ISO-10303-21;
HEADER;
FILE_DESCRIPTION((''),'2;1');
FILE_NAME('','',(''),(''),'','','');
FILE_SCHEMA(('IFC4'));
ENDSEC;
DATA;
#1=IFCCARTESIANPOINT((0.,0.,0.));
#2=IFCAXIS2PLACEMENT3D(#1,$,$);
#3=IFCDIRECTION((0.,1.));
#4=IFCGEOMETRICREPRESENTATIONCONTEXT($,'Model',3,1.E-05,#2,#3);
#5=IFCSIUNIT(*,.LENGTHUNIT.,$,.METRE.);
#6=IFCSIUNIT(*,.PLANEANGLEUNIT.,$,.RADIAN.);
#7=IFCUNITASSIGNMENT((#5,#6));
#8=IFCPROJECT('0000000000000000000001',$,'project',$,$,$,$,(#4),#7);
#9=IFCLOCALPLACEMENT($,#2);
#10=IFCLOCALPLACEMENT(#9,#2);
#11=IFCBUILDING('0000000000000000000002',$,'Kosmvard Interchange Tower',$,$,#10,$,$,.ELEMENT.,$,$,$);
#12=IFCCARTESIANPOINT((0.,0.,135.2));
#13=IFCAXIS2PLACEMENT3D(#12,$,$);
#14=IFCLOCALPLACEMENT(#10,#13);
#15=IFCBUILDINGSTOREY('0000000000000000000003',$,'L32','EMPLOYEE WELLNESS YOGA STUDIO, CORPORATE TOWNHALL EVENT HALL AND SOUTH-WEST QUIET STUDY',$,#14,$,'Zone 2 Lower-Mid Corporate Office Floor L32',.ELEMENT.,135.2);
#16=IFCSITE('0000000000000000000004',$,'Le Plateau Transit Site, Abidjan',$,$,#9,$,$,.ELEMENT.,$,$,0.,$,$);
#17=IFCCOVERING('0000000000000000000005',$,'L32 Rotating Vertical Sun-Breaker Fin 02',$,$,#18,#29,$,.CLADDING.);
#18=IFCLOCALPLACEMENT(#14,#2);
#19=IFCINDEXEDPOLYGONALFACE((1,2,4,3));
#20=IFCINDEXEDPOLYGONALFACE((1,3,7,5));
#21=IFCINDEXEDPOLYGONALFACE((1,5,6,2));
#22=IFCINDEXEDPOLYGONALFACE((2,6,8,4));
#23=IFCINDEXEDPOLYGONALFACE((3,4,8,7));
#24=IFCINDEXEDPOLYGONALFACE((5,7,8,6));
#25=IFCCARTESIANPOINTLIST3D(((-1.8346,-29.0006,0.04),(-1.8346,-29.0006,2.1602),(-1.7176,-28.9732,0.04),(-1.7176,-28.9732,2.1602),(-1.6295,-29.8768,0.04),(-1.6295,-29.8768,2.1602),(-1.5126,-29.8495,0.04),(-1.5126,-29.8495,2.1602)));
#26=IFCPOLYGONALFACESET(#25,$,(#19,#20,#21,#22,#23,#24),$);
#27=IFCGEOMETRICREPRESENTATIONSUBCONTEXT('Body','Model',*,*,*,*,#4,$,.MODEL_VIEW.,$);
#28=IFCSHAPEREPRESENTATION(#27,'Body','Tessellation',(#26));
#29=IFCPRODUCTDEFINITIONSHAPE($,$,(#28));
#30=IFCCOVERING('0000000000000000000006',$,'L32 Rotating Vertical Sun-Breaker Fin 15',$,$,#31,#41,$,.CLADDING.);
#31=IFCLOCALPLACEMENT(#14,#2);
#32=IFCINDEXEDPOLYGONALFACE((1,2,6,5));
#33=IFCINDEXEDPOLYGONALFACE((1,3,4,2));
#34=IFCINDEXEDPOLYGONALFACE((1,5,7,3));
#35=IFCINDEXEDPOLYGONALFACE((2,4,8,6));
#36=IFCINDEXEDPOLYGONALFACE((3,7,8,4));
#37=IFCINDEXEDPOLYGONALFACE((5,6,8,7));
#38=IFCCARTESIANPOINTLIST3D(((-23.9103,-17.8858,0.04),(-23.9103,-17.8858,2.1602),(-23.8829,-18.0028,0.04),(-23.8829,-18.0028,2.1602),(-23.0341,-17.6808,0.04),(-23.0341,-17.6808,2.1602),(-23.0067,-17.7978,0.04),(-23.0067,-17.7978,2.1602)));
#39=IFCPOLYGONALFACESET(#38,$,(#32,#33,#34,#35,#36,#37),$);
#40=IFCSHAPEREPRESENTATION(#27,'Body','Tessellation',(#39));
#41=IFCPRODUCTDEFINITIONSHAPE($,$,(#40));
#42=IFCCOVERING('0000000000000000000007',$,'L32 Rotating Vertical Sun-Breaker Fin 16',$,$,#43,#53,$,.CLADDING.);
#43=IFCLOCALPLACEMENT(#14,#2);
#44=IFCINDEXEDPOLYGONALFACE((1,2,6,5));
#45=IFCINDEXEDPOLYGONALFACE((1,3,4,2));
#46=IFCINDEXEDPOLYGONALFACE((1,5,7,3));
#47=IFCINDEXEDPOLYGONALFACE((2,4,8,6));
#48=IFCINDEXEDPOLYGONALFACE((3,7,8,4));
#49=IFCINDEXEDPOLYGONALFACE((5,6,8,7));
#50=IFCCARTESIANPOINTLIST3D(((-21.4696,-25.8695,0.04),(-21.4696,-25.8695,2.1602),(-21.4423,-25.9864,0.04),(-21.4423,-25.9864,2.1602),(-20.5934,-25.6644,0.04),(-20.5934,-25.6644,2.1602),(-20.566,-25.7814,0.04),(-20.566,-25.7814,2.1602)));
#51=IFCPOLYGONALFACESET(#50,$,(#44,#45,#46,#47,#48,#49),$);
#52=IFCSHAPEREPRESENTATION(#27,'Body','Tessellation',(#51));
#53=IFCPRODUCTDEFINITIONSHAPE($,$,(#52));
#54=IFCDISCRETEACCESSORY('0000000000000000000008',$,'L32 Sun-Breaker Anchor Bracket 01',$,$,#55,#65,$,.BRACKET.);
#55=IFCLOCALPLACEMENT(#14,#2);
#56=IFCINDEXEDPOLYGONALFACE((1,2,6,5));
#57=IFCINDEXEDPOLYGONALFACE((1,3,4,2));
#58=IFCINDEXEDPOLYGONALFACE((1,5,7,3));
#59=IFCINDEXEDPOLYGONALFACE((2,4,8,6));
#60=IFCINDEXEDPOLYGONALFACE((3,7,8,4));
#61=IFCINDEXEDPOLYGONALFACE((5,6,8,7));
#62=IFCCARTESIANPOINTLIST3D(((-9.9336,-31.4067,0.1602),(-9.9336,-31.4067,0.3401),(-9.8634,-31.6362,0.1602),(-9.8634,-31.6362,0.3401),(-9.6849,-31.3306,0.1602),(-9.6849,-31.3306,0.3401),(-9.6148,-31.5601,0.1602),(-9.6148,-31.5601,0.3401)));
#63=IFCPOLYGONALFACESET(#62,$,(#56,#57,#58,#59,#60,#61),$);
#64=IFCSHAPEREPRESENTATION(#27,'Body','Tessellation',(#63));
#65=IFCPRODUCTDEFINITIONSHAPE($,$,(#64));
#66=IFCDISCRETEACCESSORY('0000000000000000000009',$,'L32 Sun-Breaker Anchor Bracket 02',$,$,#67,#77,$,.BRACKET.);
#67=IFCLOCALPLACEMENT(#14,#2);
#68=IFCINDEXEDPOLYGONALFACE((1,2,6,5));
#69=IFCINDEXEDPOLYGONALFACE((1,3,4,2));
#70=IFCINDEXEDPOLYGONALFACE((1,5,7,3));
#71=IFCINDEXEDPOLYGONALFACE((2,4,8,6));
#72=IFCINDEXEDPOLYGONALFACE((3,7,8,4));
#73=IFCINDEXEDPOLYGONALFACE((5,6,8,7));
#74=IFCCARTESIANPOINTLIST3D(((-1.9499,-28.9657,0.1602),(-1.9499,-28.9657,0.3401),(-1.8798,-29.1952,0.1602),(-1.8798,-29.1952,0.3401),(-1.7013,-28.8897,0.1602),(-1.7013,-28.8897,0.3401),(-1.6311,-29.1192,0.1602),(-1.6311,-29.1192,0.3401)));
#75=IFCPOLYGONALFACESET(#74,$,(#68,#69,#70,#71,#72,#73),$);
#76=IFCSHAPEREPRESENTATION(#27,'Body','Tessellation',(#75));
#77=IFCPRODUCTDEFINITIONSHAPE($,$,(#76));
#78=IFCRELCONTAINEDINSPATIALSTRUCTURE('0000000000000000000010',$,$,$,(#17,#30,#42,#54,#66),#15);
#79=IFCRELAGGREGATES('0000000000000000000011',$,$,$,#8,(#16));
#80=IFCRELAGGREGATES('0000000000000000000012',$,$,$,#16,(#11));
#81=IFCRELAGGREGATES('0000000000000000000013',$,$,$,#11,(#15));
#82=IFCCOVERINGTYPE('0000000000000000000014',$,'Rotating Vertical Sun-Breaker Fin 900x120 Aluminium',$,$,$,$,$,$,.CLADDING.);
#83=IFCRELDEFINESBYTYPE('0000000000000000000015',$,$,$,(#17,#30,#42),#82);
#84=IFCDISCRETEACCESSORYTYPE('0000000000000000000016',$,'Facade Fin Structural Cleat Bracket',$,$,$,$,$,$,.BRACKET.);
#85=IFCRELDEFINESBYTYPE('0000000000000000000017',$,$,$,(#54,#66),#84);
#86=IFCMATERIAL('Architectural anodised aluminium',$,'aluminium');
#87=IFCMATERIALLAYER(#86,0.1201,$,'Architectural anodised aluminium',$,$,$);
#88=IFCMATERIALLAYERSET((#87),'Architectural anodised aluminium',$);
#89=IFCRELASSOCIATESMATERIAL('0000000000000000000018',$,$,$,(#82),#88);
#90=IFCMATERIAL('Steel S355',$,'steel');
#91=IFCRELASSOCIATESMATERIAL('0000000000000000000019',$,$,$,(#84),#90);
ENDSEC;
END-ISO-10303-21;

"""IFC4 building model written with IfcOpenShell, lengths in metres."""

from ifc_helpers import new_model, si_unit, direction, frame, origin, origin_2d, place, context, subcontext, project, spatial, rectangle, extrude, source, transform, mapped, material, layer, layer_set, type_object, element, save


model = new_model("IFC4")

# Units and contexts
model_context = context("Model", 3, precision=1e-05, world=origin(), true_north=direction((0.0, 1.0)))
body_context = subcontext(model_context, "Body", "Model", "MODEL_VIEW")
ifc_project = project(units=[si_unit("LENGTHUNIT", "METRE"), si_unit("PLANEANGLEUNIT", "RADIAN")], contexts=[model_context])

# Site, building, storey
site_placement = place(None, origin())
site = spatial("IfcSite", under=ifc_project, at=site_placement, Name="Le Plateau Transit Site, Abidjan", CompositionType="ELEMENT", RefElevation=0.0)
building_placement = place(site_placement, origin())
building = spatial("IfcBuilding", under=site, at=building_placement, Name="Kosmvard Interchange Tower", CompositionType="ELEMENT")
storey_placement = place(building_placement, frame((0.0, 0.0, 135.2)))
storey = spatial("IfcBuildingStorey", under=building, at=storey_placement, Name="L32", Description="EMPLOYEE WELLNESS YOGA STUDIO, CORPORATE TOWNHALL EVENT HALL AND SOUTH-WEST QUIET STUDY", LongName="Zone 2 Lower-Mid Corporate Office Floor L32", CompositionType="ELEMENT", Elevation=135.2)

# Shared definitions
ifc_material_1 = material(Name="Steel S355", Category="steel")

# Coverings
ifc_material_2 = material(Name="Architectural anodised aluminium", Category="aluminium")
ifc_layer_1 = layer(ifc_material_2, 0.1201, Name="Architectural anodised aluminium")
ifc_layer_set_1 = layer_set([ifc_layer_1], Name="Architectural anodised aluminium")
covering_type = type_object("IfcCoveringType", Name="Rotating Vertical Sun-Breaker Fin 900x120 Aluminium", PredefinedType="CLADDING", material=ifc_layer_set_1)
shared_shape_1 = source(origin(), body_context, "Body", "SweptSolid", [
    extrude(rectangle(XDim=0.8999, YDim=0.1201, at=origin_2d()), origin(), (0.0, 0.0, 1.0), 2.1201),
])
for number, where, z_axis, x_axis, name in (
    (1, (-1.6736, -29.425, 0.04), (0.0, 0.0, 1.0), (0.227841, -0.973698, 0.0), "L32 Rotating Vertical Sun-Breaker Fin 02"),
    (2, (-23.4585, -17.8418, 0.04), (0.0, 0.0, 1.0), (-0.973698, -0.227841, 0.0), "L32 Rotating Vertical Sun-Breaker Fin 15"),
    (3, (-21.0178, -25.8254, 0.04), (0.0, 0.0, 1.0), (-0.973698, -0.227841, 0.0), "L32 Rotating Vertical Sun-Breaker Fin 16"),
):
    element("IfcCovering", number, at=place(storey_placement, frame(where, z_axis=z_axis, x_axis=x_axis)), inside=storey, type_object=covering_type, Name=name, PredefinedType="CLADDING", context=body_context, shape_type="MappedRepresentation", body=[
        mapped(shared_shape_1, transform((0.0, 0.0, 0.0), scale=1.0)),
    ])

# Discrete accessories
discrete_accessory_type = type_object("IfcDiscreteAccessoryType", Name="Facade Fin Structural Cleat Bracket", PredefinedType="BRACKET", material=ifc_material_1)
shared_shape_2 = source(origin(), body_context, "Body", "SweptSolid", [
    extrude(rectangle(XDim=0.24, YDim=0.26, at=origin_2d()), origin(), (0.0, 0.0, 1.0), 0.1799),
])
for number, where, z_axis, x_axis, name in (
    (4, (-9.7742, -31.4834, 0.1602), (0.0, 0.0, 1.0), (0.292372, -0.956305, 0.0), "L32 Sun-Breaker Anchor Bracket 01"),
    (5, (-1.7905, -29.0425, 0.1602), (0.0, 0.0, 1.0), (0.292372, -0.956305, 0.0), "L32 Sun-Breaker Anchor Bracket 02"),
):
    element("IfcDiscreteAccessory", number, at=place(storey_placement, frame(where, z_axis=z_axis, x_axis=x_axis)), inside=storey, type_object=discrete_accessory_type, Name=name, PredefinedType="BRACKET", context=body_context, shape_type="MappedRepresentation", body=[
        mapped(shared_shape_2, transform((0.0, 0.0, 0.0), scale=1.0)),
    ])

save(model, "model.ifc")
